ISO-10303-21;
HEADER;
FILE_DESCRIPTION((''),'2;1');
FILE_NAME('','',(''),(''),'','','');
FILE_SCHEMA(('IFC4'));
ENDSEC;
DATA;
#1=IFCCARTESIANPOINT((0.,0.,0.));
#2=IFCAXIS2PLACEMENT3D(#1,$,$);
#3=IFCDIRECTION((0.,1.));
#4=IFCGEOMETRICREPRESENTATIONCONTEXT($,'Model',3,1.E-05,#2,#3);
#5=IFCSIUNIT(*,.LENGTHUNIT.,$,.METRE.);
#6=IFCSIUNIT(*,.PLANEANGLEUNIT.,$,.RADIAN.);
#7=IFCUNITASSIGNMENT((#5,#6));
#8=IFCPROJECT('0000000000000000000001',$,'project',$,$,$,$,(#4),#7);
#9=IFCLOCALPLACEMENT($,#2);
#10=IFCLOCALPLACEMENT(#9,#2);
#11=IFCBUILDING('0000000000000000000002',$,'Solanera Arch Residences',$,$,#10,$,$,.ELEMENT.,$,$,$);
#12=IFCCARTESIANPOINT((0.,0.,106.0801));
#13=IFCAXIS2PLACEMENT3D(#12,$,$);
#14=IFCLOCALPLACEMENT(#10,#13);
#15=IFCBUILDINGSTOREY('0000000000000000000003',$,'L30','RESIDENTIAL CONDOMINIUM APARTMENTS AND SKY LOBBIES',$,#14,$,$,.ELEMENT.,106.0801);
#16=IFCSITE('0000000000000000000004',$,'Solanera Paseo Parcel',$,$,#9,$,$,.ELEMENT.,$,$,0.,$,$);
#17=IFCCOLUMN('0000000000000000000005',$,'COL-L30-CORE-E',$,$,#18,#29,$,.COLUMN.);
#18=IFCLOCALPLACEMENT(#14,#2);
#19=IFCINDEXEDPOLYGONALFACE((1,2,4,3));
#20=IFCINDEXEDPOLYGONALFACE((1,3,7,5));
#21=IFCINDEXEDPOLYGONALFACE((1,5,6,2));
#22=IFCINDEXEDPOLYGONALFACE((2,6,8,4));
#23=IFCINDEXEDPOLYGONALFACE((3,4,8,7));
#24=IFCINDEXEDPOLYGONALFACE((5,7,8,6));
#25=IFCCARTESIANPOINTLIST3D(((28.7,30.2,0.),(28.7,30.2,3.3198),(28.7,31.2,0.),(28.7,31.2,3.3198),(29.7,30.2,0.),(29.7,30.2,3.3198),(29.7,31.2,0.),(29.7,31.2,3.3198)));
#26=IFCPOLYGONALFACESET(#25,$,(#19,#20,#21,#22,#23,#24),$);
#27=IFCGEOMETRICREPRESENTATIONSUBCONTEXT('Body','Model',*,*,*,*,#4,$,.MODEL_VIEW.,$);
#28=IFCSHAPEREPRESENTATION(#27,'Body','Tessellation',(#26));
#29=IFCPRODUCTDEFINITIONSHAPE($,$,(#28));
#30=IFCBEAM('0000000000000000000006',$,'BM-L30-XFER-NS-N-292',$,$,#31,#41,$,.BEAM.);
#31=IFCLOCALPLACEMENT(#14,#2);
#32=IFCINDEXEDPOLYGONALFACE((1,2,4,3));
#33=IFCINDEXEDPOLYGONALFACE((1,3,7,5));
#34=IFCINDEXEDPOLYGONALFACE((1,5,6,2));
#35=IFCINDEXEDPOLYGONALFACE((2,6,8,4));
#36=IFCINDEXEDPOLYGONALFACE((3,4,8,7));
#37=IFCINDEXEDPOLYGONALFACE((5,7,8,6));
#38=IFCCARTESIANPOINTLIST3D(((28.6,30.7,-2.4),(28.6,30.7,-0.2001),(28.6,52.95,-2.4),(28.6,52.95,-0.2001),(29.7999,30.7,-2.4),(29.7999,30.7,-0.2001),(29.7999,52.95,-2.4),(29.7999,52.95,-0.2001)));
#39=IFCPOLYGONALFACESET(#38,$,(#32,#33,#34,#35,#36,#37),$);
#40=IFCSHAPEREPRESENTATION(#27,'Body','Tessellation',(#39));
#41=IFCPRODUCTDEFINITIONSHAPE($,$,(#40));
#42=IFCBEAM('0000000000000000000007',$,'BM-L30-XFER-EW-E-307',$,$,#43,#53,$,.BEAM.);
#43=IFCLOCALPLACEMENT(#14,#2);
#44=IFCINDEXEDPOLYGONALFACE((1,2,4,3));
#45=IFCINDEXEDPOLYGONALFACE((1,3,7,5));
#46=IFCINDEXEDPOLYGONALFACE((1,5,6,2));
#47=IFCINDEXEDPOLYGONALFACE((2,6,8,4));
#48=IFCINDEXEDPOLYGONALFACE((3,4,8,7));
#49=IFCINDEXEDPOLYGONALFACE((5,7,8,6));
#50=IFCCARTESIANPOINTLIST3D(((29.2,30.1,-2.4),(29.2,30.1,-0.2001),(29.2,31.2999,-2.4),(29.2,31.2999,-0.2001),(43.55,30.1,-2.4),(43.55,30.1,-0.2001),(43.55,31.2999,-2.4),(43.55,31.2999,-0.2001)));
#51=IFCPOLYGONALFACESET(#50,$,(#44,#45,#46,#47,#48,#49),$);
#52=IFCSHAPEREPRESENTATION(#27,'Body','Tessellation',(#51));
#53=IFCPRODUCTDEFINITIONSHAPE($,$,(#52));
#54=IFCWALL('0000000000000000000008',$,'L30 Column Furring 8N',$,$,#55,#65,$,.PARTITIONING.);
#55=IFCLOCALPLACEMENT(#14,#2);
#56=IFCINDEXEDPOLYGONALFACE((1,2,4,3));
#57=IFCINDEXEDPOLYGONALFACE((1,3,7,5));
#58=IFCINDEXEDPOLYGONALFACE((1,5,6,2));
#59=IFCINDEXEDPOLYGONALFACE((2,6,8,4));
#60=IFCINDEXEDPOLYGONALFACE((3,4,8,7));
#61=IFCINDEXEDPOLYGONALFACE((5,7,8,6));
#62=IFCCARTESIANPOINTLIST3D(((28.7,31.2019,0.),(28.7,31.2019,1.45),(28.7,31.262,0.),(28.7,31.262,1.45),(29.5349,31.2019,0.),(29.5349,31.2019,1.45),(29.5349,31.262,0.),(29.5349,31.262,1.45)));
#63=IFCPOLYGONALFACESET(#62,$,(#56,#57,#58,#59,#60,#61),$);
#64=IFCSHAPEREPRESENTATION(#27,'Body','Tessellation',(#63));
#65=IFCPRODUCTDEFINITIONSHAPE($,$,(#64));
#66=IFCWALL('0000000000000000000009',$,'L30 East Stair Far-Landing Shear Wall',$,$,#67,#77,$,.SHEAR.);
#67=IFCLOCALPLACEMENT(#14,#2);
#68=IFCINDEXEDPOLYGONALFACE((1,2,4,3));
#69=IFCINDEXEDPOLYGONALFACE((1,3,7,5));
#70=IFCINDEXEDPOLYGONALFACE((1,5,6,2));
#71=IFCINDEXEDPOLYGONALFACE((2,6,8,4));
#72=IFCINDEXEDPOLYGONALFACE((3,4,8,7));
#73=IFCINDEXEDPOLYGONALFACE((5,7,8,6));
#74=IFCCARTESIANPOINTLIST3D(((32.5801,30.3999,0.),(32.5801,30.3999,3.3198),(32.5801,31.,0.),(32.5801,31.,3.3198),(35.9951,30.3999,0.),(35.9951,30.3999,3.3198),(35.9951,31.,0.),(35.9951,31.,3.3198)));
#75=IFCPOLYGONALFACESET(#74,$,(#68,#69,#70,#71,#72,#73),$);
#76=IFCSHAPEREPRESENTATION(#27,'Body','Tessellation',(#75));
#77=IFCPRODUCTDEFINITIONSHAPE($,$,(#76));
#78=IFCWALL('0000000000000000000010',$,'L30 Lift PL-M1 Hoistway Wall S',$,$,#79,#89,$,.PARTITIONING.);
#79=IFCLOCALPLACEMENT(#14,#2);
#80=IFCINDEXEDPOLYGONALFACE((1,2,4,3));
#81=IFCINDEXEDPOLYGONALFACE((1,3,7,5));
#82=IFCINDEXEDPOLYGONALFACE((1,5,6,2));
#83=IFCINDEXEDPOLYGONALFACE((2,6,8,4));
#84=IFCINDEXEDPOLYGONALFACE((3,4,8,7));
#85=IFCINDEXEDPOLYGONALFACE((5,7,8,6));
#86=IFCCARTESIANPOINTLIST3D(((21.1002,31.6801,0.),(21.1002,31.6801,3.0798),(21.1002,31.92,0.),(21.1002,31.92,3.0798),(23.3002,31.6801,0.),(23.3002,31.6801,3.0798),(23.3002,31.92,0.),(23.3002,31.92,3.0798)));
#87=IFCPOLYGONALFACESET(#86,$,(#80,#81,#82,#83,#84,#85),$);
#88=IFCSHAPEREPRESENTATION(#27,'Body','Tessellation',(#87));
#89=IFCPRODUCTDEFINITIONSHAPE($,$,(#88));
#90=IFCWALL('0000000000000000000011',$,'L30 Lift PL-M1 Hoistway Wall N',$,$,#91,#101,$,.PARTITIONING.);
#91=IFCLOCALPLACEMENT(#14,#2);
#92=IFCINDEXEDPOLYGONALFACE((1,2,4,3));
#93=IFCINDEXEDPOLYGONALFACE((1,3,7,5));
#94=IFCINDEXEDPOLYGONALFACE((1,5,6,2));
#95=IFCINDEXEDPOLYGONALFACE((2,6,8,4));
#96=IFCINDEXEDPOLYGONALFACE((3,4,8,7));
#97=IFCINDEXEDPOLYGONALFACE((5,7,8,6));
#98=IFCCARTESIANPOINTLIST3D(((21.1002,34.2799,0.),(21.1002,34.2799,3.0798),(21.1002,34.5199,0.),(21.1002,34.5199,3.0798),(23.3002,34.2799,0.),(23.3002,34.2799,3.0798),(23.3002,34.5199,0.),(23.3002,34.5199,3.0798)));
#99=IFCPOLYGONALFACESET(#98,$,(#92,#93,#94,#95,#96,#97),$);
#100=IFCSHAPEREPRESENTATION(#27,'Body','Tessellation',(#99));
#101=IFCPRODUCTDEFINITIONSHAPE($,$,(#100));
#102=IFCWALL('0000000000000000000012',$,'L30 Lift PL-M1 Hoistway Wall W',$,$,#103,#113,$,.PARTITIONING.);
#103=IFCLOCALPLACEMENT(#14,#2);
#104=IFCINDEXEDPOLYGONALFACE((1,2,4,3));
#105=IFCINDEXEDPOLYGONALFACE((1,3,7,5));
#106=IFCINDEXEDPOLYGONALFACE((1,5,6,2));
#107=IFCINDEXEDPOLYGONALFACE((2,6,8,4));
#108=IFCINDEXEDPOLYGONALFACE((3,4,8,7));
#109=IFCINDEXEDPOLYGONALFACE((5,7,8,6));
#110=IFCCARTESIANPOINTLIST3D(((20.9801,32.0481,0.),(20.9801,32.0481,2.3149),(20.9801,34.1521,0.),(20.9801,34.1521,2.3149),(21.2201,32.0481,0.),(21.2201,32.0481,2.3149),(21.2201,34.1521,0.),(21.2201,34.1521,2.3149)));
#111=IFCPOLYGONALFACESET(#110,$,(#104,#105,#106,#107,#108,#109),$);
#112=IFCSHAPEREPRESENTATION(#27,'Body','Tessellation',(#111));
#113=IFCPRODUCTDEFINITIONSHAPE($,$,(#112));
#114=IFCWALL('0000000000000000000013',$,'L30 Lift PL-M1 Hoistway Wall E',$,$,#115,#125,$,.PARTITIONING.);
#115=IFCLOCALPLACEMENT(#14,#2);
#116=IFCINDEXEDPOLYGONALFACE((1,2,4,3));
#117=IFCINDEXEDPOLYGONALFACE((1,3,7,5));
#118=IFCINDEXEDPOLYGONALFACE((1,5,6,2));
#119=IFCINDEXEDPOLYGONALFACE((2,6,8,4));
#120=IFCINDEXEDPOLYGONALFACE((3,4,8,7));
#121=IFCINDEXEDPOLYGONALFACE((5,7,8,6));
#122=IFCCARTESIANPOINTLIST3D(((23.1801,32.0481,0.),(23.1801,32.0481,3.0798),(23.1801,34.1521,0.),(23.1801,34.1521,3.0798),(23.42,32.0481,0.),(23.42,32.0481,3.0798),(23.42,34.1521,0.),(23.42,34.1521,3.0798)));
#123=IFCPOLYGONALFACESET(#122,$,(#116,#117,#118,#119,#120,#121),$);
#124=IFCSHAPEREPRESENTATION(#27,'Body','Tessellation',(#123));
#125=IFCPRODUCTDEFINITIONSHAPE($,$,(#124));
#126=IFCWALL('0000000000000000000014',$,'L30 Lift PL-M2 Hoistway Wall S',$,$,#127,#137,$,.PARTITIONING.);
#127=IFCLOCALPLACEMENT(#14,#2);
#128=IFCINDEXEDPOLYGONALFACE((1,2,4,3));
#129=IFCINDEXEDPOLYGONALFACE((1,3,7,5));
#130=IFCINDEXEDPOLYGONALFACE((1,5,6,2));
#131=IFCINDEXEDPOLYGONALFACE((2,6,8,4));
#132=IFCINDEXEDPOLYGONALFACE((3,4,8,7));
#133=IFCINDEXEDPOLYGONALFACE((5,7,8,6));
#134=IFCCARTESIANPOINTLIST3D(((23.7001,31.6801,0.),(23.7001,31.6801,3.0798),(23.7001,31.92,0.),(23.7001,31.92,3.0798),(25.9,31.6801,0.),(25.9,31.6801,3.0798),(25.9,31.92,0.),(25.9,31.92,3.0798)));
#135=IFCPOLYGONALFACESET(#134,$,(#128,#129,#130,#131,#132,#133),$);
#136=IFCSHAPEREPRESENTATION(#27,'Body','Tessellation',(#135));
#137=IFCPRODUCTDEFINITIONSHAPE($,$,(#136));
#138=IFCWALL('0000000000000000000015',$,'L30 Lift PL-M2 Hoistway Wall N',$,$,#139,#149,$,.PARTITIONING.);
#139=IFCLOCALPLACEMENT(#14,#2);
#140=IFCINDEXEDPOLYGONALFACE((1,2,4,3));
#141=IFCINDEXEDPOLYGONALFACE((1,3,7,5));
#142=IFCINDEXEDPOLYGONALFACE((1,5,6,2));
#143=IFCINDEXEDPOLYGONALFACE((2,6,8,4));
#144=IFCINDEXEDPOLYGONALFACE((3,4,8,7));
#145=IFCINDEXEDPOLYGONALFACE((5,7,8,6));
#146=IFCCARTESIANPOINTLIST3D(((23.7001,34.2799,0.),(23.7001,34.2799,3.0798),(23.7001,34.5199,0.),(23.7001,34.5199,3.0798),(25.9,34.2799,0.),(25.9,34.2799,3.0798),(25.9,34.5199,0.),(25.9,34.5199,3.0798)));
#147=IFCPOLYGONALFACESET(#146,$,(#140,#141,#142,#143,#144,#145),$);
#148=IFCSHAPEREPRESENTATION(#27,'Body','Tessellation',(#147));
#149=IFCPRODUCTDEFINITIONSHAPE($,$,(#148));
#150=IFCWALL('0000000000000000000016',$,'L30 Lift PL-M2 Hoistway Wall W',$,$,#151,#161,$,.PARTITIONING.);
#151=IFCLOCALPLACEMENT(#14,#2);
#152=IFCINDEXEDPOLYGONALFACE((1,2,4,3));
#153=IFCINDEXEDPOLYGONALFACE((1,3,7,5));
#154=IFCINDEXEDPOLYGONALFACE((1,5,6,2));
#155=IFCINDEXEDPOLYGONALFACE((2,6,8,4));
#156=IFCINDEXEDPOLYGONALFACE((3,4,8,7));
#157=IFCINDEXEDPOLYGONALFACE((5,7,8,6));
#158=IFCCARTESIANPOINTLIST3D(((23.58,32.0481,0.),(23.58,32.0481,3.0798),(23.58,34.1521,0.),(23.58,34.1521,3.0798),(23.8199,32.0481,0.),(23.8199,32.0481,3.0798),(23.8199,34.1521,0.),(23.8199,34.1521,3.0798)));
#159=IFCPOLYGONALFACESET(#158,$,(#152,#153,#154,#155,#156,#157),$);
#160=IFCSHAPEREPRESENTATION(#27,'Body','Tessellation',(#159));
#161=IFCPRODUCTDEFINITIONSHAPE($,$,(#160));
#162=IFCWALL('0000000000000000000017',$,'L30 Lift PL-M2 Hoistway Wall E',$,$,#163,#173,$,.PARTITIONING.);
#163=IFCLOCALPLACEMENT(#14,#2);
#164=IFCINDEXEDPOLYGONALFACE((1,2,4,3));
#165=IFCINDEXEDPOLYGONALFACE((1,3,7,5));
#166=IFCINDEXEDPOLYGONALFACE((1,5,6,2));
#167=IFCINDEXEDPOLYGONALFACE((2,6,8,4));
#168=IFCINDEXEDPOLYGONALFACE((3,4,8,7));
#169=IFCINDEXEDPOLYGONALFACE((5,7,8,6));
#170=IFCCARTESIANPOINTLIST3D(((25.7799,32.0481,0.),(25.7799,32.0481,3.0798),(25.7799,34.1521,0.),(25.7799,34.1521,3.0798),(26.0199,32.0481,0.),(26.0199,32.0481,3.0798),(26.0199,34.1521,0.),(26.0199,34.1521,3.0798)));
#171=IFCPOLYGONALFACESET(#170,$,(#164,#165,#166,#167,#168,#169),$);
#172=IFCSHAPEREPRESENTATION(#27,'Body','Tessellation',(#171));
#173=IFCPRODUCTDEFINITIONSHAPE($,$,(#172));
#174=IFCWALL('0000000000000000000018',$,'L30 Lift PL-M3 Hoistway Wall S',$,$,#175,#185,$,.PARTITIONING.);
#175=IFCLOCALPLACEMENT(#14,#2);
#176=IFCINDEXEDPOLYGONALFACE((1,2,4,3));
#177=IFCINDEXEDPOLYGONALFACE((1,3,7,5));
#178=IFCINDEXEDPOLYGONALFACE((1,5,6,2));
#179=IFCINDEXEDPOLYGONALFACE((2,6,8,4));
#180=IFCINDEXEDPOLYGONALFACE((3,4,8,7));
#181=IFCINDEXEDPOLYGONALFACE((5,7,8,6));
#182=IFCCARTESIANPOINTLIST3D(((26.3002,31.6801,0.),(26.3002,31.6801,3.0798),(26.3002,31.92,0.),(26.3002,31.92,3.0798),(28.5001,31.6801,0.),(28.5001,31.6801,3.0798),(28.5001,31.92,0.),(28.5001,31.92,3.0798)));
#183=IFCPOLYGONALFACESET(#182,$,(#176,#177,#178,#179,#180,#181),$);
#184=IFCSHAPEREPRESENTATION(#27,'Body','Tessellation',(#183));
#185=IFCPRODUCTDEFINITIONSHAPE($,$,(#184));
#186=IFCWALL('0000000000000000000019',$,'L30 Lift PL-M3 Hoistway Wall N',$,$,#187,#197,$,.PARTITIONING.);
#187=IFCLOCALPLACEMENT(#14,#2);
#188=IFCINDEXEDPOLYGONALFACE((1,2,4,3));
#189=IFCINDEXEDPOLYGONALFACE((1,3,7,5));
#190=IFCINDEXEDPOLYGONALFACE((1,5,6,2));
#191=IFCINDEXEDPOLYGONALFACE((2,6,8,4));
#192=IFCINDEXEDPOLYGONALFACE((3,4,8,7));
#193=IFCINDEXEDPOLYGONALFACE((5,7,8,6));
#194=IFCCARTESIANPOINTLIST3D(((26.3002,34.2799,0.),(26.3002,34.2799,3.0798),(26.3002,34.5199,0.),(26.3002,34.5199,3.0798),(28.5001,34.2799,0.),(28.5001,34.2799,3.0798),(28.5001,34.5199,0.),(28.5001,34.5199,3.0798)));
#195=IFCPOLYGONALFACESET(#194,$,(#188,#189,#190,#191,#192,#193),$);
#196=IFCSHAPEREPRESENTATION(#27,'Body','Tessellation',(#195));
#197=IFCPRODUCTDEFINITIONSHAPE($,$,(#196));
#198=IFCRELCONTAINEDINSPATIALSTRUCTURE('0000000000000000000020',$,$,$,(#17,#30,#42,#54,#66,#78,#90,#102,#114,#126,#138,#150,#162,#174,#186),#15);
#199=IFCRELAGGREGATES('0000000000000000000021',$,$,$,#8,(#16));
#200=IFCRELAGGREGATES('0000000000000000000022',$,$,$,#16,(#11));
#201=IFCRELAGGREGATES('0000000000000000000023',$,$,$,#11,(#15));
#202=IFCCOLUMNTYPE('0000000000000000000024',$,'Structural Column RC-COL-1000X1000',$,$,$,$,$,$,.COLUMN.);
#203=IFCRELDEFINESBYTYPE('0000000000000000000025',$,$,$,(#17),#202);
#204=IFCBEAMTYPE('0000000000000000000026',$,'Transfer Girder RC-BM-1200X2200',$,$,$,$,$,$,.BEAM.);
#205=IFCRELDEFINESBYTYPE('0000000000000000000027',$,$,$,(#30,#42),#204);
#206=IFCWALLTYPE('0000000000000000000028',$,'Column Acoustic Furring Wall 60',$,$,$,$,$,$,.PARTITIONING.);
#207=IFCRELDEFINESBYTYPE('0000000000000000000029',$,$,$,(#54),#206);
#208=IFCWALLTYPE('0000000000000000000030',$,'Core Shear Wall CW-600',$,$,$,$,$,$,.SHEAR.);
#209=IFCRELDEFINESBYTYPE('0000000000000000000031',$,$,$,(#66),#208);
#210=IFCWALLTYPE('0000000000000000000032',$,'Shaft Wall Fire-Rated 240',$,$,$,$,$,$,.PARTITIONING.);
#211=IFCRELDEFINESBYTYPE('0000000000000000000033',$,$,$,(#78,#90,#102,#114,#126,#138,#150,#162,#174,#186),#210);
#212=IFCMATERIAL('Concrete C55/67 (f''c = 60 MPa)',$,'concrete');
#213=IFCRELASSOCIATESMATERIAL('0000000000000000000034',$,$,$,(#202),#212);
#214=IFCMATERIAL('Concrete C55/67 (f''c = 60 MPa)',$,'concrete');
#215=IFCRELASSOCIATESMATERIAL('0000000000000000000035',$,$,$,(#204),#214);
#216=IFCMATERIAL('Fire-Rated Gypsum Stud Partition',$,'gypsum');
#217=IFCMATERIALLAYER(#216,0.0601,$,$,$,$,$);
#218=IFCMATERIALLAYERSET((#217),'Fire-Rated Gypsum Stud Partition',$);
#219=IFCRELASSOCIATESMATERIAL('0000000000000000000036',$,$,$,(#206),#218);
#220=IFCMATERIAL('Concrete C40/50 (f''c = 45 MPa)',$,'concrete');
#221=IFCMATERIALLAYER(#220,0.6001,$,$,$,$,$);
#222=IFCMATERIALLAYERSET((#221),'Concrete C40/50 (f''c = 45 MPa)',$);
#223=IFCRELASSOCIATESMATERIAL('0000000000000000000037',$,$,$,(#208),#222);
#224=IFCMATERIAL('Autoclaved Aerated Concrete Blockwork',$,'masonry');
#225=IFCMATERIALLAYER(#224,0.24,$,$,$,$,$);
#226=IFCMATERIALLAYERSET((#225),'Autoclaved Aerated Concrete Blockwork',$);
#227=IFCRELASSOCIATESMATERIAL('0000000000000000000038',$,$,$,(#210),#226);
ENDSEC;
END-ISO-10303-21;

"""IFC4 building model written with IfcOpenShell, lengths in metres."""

from ifc_helpers import new_model, si_unit, direction, frame, frame_2d, origin, origin_2d, place, context, subcontext, project, spatial, rectangle, extrude, material, layer, layer_set, material_profile, profile_set, type_object, element, save


model = new_model("IFC4")

# Units and contexts
model_context = context("Model", 3, precision=1e-05, world=origin(), true_north=direction((0.0, 1.0)))
body_context = subcontext(model_context, "Body", "Model", "MODEL_VIEW")
ifc_project = project(units=[si_unit("LENGTHUNIT", "METRE"), si_unit("PLANEANGLEUNIT", "RADIAN")], contexts=[model_context])

# Site, building, storey
site_placement = place(None, origin())
site = spatial("IfcSite", under=ifc_project, at=site_placement, Name="Solanera Paseo Parcel", CompositionType="ELEMENT", RefElevation=0.0)
building_placement = place(site_placement, origin())
building = spatial("IfcBuilding", under=site, at=building_placement, Name="Solanera Arch Residences", CompositionType="ELEMENT")
storey_placement = place(building_placement, frame((0.0, 0.0, 106.0801)))
storey = spatial("IfcBuildingStorey", under=building, at=storey_placement, Name="L30", Description="RESIDENTIAL CONDOMINIUM APARTMENTS AND SKY LOBBIES", CompositionType="ELEMENT", Elevation=106.0801)

# Column
ifc_material_1 = material(Name="Concrete C55/67 (f'c = 60 MPa)", Category="concrete")
ifc_material_profile_1 = material_profile(ifc_material_1, rectangle(XDim=1.0, YDim=1.0, at=origin_2d()))
ifc_profile_set_1 = profile_set([ifc_material_profile_1], Name="Concrete C55/67 (f'c = 60 MPa)")
column_type = type_object("IfcColumnType", Name="Structural Column RC-COL-1000X1000", PredefinedType="COLUMN", material=ifc_profile_set_1)
column_placement = place(storey_placement, frame((29.2, 30.7, 0.0), z_axis=(0.0, 0.0, 1.0), x_axis=(1.0, 0.0, 0.0)))
element("IfcColumn", 1, at=column_placement, inside=storey, type_object=column_type, Name="COL-L30-CORE-E", PredefinedType="COLUMN", context=body_context, shape_type="SweptSolid", body=[
    extrude(rectangle(XDim=1.0, YDim=1.0, at=origin_2d()), origin(), (0.0, 0.0, 1.0), 3.3198),
])

# Beams
ifc_material_2 = material(Name="Concrete C55/67 (f'c = 60 MPa)", Category="concrete")
ifc_material_profile_2 = material_profile(ifc_material_2, rectangle(XDim=1.2, YDim=2.2, at=origin_2d()))
ifc_profile_set_2 = profile_set([ifc_material_profile_2], Name="Concrete C55/67 (f'c = 60 MPa)")
beam_type = type_object("IfcBeamType", Name="Transfer Girder RC-BM-1200X2200", PredefinedType="BEAM", material=ifc_profile_set_2)
beam_1_placement = place(storey_placement, frame((29.2, 30.7, -1.3), z_axis=(0.0, 1.0, 0.0), x_axis=(-1.0, 0.0, 0.0)))
element("IfcBeam", 2, at=beam_1_placement, inside=storey, type_object=beam_type, Name="BM-L30-XFER-NS-N-292", PredefinedType="BEAM", context=body_context, shape_type="SweptSolid", body=[
    extrude(rectangle(XDim=1.2, YDim=2.2, at=origin_2d()), origin(), (0.0, 0.0, 1.0), 22.25),
])
beam_2_placement = place(storey_placement, frame((29.2, 30.7, -1.3), z_axis=(1.0, 0.0, 0.0), x_axis=(0.0, 1.0, 0.0)))
element("IfcBeam", 3, at=beam_2_placement, inside=storey, type_object=beam_type, Name="BM-L30-XFER-EW-E-307", PredefinedType="BEAM", context=body_context, shape_type="SweptSolid", body=[
    extrude(rectangle(XDim=1.2, YDim=2.2, at=origin_2d()), origin(), (0.0, 0.0, 1.0), 14.3501),
])

# Walls
ifc_material_3 = material(Name="Fire-Rated Gypsum Stud Partition", Category="gypsum")
ifc_layer_1 = layer(ifc_material_3, 0.0601)
ifc_layer_set_1 = layer_set([ifc_layer_1], Name="Fire-Rated Gypsum Stud Partition")
wall_type_1 = type_object("IfcWallType", Name="Column Acoustic Furring Wall 60", PredefinedType="PARTITIONING", material=ifc_layer_set_1)
wall_1_placement = place(storey_placement, frame((28.7, 31.2319, 0.0), z_axis=(0.0, 0.0, 1.0), x_axis=(1.0, 0.0, 0.0)))
element("IfcWall", 4, at=wall_1_placement, inside=storey, type_object=wall_type_1, Name="L30 Column Furring 8N", PredefinedType="PARTITIONING", context=body_context, shape_type="SweptSolid", body=[
    extrude(rectangle(XDim=0.835, YDim=0.0601, at=frame_2d((0.4175, 0.0))), origin(), (0.0, 0.0, 1.0), 1.45),
])
ifc_material_4 = material(Name="Concrete C40/50 (f'c = 45 MPa)", Category="concrete")
ifc_layer_2 = layer(ifc_material_4, 0.6001)
ifc_layer_set_2 = layer_set([ifc_layer_2], Name="Concrete C40/50 (f'c = 45 MPa)")
wall_type_2 = type_object("IfcWallType", Name="Core Shear Wall CW-600", PredefinedType="SHEAR", material=ifc_layer_set_2)
wall_2_placement = place(storey_placement, frame((32.5801, 30.7, 0.0), z_axis=(0.0, 0.0, 1.0), x_axis=(1.0, 0.0, 0.0)))
element("IfcWall", 5, at=wall_2_placement, inside=storey, type_object=wall_type_2, Name="L30 East Stair Far-Landing Shear Wall", PredefinedType="SHEAR", context=body_context, shape_type="SweptSolid", body=[
    extrude(rectangle(XDim=3.415, YDim=0.6001, at=frame_2d((1.7075, 0.0))), origin(), (0.0, 0.0, 1.0), 3.3198),
])
ifc_material_5 = material(Name="Autoclaved Aerated Concrete Blockwork", Category="masonry")
ifc_layer_3 = layer(ifc_material_5, 0.24)
ifc_layer_set_3 = layer_set([ifc_layer_3], Name="Autoclaved Aerated Concrete Blockwork")
wall_type_3 = type_object("IfcWallType", Name="Shaft Wall Fire-Rated 240", PredefinedType="PARTITIONING", material=ifc_layer_set_3)
for number, where, z_axis, x_axis, name in (
    (6, (21.1001, 31.8, 0.0), (0.0, 0.0, 1.0), (1.0, 0.0, 0.0), "L30 Lift PL-M1 Hoistway Wall S"),
    (7, (21.1001, 34.3999, 0.0), (0.0, 0.0, 1.0), (1.0, 0.0, 0.0), "L30 Lift PL-M1 Hoistway Wall N"),
):
    element("IfcWall", number, at=place(storey_placement, frame(where, z_axis=z_axis, x_axis=x_axis)), inside=storey, type_object=wall_type_3, Name=name, PredefinedType="PARTITIONING", context=body_context, shape_type="SweptSolid", body=[
        extrude(rectangle(XDim=2.2, YDim=0.24, at=frame_2d((1.1001, 0.0))), origin(), (0.0, 0.0, 1.0), 3.0798),
    ])
wall_3_placement = place(storey_placement, frame((21.1001, 32.0481, 0.0), z_axis=(0.0, 0.0, 1.0), x_axis=(0.0, 1.0, 0.0)))
element("IfcWall", 8, at=wall_3_placement, inside=storey, type_object=wall_type_3, Name="L30 Lift PL-M1 Hoistway Wall W", PredefinedType="PARTITIONING", context=body_context, shape_type="SweptSolid", body=[
    extrude(rectangle(XDim=2.104, YDim=0.24, at=frame_2d((1.052, 0.0))), origin(), (0.0, 0.0, 1.0), 2.3149),
])
wall_4_placement = place(storey_placement, frame((23.3, 32.0481, 0.0), z_axis=(0.0, 0.0, 1.0), x_axis=(0.0, 1.0, 0.0)))
element("IfcWall", 9, at=wall_4_placement, inside=storey, type_object=wall_type_3, Name="L30 Lift PL-M1 Hoistway Wall E", PredefinedType="PARTITIONING", context=body_context, shape_type="SweptSolid", body=[
    extrude(rectangle(XDim=2.104, YDim=0.24, at=frame_2d((1.052, 0.0))), origin(), (0.0, 0.0, 1.0), 3.0798),
])
for number, where, z_axis, x_axis, name in (
    (10, (23.7, 31.8, 0.0), (0.0, 0.0, 1.0), (1.0, 0.0, 0.0), "L30 Lift PL-M2 Hoistway Wall S"),
    (11, (23.7, 34.3999, 0.0), (0.0, 0.0, 1.0), (1.0, 0.0, 0.0), "L30 Lift PL-M2 Hoistway Wall N"),
):
    element("IfcWall", number, at=place(storey_placement, frame(where, z_axis=z_axis, x_axis=x_axis)), inside=storey, type_object=wall_type_3, Name=name, PredefinedType="PARTITIONING", context=body_context, shape_type="SweptSolid", body=[
        extrude(rectangle(XDim=2.2, YDim=0.24, at=frame_2d((1.1001, 0.0))), origin(), (0.0, 0.0, 1.0), 3.0798),
    ])
for number, where, z_axis, x_axis, name in (
    (12, (23.7, 32.0481, 0.0), (0.0, 0.0, 1.0), (0.0, 1.0, 0.0), "L30 Lift PL-M2 Hoistway Wall W"),
    (13, (25.8999, 32.0481, 0.0), (0.0, 0.0, 1.0), (0.0, 1.0, 0.0), "L30 Lift PL-M2 Hoistway Wall E"),
):
    element("IfcWall", number, at=place(storey_placement, frame(where, z_axis=z_axis, x_axis=x_axis)), inside=storey, type_object=wall_type_3, Name=name, PredefinedType="PARTITIONING", context=body_context, shape_type="SweptSolid", body=[
        extrude(rectangle(XDim=2.104, YDim=0.24, at=frame_2d((1.052, 0.0))), origin(), (0.0, 0.0, 1.0), 3.0798),
    ])
for number, where, z_axis, x_axis, name in (
    (14, (26.3, 31.8, 0.0), (0.0, 0.0, 1.0), (1.0, 0.0, 0.0), "L30 Lift PL-M3 Hoistway Wall S"),
    (15, (26.3, 34.3999, 0.0), (0.0, 0.0, 1.0), (1.0, 0.0, 0.0), "L30 Lift PL-M3 Hoistway Wall N"),
):
    element("IfcWall", number, at=place(storey_placement, frame(where, z_axis=z_axis, x_axis=x_axis)), inside=storey, type_object=wall_type_3, Name=name, PredefinedType="PARTITIONING", context=body_context, shape_type="SweptSolid", body=[
        extrude(rectangle(XDim=2.2, YDim=0.24, at=frame_2d((1.1001, 0.0))), origin(), (0.0, 0.0, 1.0), 3.0798),
    ])

save(model, "model.ifc")
